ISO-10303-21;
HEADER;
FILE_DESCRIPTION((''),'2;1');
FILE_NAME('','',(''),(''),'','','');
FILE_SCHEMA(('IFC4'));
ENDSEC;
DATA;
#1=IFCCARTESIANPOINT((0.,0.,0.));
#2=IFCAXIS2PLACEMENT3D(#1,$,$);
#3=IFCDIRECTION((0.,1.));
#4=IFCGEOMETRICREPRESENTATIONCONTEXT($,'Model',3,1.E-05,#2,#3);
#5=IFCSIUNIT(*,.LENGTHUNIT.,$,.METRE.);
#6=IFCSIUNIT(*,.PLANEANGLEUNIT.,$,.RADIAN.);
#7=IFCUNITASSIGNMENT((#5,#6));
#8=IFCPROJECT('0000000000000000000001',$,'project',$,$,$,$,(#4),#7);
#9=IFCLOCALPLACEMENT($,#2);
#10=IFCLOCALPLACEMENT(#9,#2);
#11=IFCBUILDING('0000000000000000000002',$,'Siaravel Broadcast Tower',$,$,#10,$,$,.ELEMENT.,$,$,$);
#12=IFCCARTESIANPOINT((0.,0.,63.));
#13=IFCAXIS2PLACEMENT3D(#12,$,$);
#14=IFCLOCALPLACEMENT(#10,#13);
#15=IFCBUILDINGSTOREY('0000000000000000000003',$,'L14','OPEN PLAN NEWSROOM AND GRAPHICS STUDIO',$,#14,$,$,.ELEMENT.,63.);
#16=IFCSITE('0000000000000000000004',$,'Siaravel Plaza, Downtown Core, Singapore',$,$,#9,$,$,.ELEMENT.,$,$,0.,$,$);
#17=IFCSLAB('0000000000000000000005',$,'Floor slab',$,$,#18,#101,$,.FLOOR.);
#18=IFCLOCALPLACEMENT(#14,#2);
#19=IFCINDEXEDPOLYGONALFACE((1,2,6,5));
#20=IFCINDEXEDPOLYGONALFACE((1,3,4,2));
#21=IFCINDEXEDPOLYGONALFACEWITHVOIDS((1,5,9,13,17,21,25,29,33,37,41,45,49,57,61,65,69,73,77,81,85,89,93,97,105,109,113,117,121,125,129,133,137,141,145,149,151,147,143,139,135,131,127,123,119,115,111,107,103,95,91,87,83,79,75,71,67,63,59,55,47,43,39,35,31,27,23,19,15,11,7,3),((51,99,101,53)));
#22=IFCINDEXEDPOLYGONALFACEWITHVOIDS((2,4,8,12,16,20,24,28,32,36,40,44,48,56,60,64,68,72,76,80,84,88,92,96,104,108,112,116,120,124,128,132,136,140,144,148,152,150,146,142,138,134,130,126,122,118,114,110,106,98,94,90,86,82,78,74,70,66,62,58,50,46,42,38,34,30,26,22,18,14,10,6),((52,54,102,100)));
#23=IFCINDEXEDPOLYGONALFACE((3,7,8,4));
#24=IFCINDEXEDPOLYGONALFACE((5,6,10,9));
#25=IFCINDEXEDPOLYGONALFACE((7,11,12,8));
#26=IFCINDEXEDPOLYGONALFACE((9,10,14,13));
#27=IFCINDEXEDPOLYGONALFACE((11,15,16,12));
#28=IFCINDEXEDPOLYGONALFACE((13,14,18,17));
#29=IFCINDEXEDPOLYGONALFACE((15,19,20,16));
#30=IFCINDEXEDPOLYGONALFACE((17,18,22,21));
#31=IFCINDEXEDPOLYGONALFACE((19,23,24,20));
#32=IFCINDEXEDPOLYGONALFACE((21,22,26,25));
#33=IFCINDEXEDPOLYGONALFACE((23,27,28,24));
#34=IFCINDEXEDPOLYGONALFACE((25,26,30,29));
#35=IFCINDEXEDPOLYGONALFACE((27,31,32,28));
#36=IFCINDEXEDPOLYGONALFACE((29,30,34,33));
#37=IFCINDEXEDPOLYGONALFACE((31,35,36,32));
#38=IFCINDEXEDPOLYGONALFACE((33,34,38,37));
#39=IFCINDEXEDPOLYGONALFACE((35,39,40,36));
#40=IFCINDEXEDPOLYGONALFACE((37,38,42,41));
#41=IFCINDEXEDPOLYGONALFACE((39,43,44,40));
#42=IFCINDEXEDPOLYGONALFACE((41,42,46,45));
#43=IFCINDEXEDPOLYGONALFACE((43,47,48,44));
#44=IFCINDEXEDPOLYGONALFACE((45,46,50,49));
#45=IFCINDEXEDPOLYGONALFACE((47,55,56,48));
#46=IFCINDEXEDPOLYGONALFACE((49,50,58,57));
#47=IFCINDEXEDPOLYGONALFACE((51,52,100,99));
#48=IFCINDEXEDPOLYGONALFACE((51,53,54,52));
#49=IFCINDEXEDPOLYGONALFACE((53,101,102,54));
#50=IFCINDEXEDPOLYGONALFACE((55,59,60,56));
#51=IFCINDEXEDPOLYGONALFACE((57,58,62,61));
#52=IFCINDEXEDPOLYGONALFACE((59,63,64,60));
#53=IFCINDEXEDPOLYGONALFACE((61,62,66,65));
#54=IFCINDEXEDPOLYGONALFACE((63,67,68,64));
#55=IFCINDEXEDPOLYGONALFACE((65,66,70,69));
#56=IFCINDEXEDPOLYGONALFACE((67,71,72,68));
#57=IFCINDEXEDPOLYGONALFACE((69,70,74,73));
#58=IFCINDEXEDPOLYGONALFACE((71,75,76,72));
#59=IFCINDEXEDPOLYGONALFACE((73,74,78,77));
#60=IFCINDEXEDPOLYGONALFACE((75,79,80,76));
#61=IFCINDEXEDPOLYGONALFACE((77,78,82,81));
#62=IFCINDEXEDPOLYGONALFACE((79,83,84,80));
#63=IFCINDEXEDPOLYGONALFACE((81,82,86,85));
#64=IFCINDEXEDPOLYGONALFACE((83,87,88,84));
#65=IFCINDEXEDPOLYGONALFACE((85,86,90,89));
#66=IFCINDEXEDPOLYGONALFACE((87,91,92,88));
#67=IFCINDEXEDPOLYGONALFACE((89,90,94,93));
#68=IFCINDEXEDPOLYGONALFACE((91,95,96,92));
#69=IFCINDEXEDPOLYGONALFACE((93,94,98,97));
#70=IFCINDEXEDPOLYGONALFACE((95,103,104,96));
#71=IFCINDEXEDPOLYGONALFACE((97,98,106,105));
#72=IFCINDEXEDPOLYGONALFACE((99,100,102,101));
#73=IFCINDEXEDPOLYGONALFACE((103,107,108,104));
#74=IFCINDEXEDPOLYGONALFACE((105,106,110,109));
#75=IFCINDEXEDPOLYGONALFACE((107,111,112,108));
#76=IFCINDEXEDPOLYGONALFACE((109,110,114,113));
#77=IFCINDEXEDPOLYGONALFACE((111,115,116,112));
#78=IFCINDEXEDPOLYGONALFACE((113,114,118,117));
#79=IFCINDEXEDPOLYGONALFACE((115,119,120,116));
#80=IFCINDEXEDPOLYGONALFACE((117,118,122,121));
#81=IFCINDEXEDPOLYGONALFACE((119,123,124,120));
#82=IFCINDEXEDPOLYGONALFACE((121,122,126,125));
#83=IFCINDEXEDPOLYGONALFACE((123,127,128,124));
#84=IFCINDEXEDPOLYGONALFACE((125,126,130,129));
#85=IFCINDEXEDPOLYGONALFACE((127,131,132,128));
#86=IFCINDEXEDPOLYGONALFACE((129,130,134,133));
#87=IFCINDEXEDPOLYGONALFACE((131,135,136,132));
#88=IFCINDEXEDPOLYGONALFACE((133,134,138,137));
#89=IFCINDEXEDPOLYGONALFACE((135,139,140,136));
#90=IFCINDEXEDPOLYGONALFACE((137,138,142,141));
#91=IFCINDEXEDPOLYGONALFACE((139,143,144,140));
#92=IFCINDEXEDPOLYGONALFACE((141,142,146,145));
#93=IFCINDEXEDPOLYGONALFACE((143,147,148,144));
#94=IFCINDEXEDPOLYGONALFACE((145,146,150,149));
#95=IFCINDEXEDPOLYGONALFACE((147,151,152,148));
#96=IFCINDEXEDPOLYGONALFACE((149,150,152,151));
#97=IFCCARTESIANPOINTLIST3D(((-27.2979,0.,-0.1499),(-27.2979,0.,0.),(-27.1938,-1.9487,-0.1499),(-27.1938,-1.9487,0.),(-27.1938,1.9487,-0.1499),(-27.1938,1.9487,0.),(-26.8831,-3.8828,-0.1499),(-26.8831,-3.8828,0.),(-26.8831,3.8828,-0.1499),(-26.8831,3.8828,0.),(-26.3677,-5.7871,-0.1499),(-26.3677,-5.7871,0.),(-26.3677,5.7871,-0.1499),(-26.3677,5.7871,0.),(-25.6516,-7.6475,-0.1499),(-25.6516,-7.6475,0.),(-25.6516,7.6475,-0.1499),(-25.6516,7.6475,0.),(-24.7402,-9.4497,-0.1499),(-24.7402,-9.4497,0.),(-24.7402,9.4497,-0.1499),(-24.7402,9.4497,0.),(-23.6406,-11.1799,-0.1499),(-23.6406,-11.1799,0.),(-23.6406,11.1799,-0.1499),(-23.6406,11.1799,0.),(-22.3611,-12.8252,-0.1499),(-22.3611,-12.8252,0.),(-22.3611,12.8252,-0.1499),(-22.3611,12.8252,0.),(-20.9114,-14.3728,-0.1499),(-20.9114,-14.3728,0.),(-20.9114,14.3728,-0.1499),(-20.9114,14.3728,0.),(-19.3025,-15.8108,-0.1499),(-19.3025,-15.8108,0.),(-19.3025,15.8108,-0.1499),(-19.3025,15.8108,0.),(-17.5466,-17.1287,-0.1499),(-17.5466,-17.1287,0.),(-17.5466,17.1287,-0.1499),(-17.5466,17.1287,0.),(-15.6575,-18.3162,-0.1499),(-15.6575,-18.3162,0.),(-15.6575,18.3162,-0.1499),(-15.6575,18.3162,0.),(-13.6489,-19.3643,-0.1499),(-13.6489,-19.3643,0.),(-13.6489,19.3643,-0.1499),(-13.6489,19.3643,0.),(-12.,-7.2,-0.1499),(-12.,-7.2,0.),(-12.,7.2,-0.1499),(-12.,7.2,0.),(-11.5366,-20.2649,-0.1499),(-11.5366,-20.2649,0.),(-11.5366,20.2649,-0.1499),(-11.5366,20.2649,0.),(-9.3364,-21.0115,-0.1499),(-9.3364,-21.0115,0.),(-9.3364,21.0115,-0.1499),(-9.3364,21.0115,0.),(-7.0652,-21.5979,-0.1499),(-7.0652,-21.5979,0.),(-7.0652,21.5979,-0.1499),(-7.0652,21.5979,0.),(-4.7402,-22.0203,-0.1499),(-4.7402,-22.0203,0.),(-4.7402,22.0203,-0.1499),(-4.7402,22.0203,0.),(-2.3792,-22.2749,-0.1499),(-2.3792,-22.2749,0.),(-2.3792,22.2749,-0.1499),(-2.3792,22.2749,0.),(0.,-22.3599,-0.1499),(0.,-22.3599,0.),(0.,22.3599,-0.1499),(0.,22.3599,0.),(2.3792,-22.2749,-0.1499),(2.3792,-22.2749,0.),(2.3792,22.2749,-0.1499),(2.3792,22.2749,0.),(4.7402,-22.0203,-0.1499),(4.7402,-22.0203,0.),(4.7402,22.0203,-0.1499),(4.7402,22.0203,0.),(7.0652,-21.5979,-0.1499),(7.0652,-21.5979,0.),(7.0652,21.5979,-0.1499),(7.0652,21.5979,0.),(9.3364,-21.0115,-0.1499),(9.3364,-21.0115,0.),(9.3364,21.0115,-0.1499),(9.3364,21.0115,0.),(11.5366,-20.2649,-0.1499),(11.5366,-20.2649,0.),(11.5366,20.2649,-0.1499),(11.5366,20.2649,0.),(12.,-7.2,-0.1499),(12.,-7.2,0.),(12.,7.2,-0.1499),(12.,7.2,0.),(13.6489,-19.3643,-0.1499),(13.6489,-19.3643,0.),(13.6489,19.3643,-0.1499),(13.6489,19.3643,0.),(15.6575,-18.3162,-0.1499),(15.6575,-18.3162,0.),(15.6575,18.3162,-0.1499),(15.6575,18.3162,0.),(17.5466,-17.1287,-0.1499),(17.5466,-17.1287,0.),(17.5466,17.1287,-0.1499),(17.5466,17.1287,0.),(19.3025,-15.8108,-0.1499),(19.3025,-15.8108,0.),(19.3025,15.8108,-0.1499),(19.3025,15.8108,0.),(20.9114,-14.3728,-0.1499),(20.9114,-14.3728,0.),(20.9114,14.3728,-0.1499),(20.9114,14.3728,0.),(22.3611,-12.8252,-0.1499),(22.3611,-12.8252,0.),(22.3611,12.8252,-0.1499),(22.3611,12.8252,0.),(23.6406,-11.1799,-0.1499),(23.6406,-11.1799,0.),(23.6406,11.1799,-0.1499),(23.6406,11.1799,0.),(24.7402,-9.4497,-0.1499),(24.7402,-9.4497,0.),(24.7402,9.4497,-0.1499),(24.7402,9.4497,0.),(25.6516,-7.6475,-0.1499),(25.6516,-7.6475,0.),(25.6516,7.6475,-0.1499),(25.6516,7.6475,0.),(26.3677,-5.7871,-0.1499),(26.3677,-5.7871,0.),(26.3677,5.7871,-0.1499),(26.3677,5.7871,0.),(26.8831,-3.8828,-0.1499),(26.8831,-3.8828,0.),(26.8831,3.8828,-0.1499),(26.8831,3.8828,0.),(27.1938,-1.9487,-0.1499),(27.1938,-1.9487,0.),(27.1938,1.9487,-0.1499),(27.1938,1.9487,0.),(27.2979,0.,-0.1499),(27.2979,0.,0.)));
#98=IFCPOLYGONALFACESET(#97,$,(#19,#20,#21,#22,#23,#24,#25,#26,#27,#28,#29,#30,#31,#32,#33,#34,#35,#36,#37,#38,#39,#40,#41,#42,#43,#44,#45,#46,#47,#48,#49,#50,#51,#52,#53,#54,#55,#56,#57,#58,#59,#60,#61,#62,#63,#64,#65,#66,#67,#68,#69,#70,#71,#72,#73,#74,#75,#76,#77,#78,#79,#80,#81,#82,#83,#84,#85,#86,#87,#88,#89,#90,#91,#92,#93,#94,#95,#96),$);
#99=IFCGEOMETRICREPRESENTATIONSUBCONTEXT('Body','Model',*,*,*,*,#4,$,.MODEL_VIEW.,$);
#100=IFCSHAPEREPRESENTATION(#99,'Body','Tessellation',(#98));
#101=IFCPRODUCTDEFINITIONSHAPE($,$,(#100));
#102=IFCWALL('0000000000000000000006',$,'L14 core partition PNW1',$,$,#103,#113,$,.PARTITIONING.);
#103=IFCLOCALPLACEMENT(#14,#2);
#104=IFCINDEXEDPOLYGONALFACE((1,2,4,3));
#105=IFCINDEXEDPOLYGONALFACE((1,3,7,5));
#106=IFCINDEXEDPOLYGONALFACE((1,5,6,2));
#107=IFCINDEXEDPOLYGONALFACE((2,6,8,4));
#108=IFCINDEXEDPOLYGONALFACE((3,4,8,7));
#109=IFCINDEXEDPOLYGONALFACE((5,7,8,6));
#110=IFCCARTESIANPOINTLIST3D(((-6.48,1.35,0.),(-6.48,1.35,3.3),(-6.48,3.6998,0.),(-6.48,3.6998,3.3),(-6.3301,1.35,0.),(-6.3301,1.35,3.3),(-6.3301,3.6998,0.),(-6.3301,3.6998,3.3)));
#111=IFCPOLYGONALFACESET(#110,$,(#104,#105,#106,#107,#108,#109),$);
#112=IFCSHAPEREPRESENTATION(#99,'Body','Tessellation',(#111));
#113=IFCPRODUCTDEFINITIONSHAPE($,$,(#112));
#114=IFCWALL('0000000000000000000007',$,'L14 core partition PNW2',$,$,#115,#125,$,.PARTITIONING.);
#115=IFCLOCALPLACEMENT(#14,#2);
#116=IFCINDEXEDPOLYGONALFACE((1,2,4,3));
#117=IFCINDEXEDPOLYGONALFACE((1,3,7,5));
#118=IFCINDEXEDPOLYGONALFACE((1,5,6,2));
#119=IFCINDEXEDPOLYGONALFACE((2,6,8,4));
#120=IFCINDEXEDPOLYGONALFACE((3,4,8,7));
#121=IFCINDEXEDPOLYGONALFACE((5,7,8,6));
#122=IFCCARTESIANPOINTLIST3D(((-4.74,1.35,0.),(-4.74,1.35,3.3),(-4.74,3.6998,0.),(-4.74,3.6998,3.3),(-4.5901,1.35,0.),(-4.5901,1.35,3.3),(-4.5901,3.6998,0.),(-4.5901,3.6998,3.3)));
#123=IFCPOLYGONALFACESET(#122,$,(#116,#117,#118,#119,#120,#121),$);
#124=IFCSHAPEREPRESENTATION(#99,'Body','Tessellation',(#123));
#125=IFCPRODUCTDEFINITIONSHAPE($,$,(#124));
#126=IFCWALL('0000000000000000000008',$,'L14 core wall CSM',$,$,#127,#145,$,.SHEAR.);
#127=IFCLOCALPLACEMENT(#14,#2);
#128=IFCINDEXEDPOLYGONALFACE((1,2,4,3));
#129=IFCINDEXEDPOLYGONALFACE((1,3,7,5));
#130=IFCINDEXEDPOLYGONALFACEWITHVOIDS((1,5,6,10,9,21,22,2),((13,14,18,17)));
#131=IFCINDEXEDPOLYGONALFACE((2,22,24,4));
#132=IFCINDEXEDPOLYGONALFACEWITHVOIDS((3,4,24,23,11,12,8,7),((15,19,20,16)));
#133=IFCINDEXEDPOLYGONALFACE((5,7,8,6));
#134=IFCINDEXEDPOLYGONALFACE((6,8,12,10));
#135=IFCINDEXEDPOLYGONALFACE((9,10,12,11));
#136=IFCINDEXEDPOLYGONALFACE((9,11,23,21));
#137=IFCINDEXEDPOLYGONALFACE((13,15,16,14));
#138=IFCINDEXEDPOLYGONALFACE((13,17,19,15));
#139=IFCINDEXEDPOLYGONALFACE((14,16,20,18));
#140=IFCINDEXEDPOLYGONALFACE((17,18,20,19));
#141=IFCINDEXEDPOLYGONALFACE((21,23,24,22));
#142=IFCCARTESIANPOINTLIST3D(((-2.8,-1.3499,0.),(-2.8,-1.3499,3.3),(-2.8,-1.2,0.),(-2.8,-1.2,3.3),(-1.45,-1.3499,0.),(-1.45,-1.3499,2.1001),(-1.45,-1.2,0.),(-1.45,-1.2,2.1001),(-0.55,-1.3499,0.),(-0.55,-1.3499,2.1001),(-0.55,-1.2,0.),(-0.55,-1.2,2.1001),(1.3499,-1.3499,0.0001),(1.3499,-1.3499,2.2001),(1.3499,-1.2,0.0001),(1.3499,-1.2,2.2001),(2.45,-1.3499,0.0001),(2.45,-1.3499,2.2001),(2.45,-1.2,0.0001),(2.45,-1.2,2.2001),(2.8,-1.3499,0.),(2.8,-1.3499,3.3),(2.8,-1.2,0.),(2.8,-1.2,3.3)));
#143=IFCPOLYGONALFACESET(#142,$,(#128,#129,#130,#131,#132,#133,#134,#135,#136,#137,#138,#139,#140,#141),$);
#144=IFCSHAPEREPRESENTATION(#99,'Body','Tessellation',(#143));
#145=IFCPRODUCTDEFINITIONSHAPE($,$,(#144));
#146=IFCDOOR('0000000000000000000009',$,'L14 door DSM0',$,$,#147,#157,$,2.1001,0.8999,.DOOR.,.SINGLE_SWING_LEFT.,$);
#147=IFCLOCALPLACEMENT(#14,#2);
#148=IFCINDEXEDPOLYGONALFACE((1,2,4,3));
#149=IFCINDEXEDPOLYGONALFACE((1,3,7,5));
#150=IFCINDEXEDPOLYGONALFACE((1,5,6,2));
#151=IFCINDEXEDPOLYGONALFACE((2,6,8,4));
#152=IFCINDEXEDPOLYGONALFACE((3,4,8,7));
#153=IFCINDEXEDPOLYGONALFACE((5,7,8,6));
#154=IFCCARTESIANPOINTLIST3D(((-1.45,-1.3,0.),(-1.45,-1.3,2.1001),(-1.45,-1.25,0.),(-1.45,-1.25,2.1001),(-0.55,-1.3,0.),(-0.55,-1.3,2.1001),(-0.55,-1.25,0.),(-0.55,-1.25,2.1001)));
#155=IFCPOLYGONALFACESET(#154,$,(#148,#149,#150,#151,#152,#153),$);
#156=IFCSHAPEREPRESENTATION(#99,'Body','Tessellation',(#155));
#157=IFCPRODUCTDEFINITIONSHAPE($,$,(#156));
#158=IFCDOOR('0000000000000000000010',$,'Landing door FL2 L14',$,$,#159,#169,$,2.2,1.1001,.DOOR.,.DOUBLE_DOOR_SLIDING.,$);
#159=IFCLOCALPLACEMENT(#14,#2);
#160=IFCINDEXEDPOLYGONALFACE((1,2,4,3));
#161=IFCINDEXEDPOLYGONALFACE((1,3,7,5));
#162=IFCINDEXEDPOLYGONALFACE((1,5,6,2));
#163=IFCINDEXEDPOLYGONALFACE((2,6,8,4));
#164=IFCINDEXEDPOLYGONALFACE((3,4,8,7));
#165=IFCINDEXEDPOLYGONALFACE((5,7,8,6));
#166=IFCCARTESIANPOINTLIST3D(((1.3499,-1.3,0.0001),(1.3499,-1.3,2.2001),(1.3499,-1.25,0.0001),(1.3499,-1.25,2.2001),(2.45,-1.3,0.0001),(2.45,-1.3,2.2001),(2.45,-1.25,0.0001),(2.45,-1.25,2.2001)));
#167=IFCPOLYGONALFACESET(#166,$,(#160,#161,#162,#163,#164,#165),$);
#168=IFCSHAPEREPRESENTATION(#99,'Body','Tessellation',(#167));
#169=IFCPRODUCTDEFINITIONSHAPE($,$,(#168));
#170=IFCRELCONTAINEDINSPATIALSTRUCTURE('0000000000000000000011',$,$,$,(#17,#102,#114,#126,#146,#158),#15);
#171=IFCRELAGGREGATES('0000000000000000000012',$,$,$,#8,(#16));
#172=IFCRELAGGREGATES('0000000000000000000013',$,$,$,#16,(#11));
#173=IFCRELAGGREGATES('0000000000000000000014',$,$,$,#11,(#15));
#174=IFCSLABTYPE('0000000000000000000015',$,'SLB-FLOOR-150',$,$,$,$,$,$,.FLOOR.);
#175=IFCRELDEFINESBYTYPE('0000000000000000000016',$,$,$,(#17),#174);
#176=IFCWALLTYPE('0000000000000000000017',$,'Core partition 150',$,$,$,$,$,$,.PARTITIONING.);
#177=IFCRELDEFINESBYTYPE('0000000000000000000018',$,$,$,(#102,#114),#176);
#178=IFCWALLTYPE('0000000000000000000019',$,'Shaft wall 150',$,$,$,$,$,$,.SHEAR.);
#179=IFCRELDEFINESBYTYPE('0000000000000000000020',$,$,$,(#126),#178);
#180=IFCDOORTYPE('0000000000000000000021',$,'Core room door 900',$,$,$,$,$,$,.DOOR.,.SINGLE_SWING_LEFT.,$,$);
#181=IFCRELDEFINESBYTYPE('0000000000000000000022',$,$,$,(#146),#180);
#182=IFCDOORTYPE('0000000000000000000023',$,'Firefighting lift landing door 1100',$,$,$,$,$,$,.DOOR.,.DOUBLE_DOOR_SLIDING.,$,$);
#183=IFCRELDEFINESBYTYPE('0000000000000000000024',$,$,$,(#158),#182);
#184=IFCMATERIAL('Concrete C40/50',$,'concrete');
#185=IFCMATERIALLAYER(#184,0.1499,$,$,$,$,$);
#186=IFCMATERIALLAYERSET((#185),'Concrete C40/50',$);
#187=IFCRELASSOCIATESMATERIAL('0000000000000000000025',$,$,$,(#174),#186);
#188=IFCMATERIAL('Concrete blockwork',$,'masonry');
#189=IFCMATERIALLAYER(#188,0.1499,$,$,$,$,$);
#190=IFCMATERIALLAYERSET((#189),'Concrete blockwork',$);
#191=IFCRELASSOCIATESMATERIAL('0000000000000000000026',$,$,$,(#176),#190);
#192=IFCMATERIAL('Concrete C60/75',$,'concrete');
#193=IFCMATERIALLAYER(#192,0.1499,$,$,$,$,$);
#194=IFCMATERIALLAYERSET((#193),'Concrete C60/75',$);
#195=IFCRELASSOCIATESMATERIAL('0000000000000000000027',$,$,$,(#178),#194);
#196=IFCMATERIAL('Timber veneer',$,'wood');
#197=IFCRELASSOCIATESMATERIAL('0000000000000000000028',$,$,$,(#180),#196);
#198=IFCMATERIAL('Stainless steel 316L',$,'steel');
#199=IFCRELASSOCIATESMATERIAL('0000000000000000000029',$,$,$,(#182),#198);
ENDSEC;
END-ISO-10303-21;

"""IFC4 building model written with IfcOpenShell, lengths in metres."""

from ifc_helpers import new_model, si_unit, direction, frame, frame_2d, origin, place, context, subcontext, project, spatial, polyline, rectangle, outline, extrude, material, layer, layer_set, type_object, element, fill, save


model = new_model("IFC4")

# Units and contexts
model_context = context("Model", 3, precision=1e-05, world=origin(), true_north=direction((0.0, 1.0)))
body_context = subcontext(model_context, "Body", "Model", "MODEL_VIEW")
ifc_project = project(units=[si_unit("LENGTHUNIT", "METRE"), si_unit("PLANEANGLEUNIT", "RADIAN")], contexts=[model_context])

# Site, building, storey
site_placement = place(None, origin())
site = spatial("IfcSite", under=ifc_project, at=site_placement, Name="Siaravel Plaza, Downtown Core, Singapore", CompositionType="ELEMENT", RefElevation=0.0)
building_placement = place(site_placement, origin())
building = spatial("IfcBuilding", under=site, at=building_placement, Name="Siaravel Broadcast Tower", CompositionType="ELEMENT")
storey_placement = place(building_placement, frame((0.0, 0.0, 63.0)))
storey = spatial("IfcBuildingStorey", under=building, at=storey_placement, Name="L14", Description="OPEN PLAN NEWSROOM AND GRAPHICS STUDIO", CompositionType="ELEMENT", Elevation=63.0)

# Slab
ifc_material_1 = material(Name="Concrete C40/50", Category="concrete")
ifc_layer_1 = layer(ifc_material_1, 0.1499)
ifc_layer_set_1 = layer_set([ifc_layer_1], Name="Concrete C40/50")
slab_type = type_object("IfcSlabType", Name="SLB-FLOOR-150", PredefinedType="FLOOR", material=ifc_layer_set_1)
slab_placement = place(storey_placement, frame((0.0, 0.0, -0.1499)))
element("IfcSlab", 1, at=slab_placement, inside=storey, type_object=slab_type, Name="Floor slab", PredefinedType="FLOOR", context=body_context, shape_type="SweptSolid", body=[
    extrude(outline(polyline([(27.2979, 0.0), (27.1938, 1.9487), (26.8831, 3.8828), (26.3677, 5.7871), (25.6516, 7.6475), (24.7402, 9.4497), (23.6406, 11.1799), (22.3611, 12.8252), (20.9114, 14.3728), (19.3025, 15.8108), (17.5466, 17.1287), (15.6575, 18.3162), (13.6489, 19.3643), (11.5366, 20.2649), (9.3364, 21.0115), (7.0652, 21.5979), (4.7402, 22.0203), (2.3792, 22.2749), (0.0, 22.3599), (-2.3792, 22.2749), (-4.7402, 22.0203), (-7.0652, 21.5979), (-9.3364, 21.0115), (-11.5366, 20.2649), (-13.6489, 19.3643), (-15.6575, 18.3162), (-17.5466, 17.1287), (-19.3025, 15.8108), (-20.9114, 14.3728), (-22.3611, 12.8252), (-23.6406, 11.1799), (-24.7402, 9.4497), (-25.6516, 7.6475), (-26.3677, 5.7871), (-26.8831, 3.8828), (-27.1938, 1.9487), (-27.2979, 0.0), (-27.1938, -1.9487), (-26.8831, -3.8828), (-26.3677, -5.7871), (-25.6516, -7.6475), (-24.7402, -9.4497), (-23.6406, -11.1799), (-22.3611, -12.8252), (-20.9114, -14.3728), (-19.3025, -15.8108), (-17.5466, -17.1287), (-15.6575, -18.3162), (-13.6489, -19.3643), (-11.5366, -20.2649), (-9.3364, -21.0115), (-7.0652, -21.5979), (-4.7402, -22.0203), (-2.3792, -22.2749), (0.0, -22.3599), (2.3792, -22.2749), (4.7402, -22.0203), (7.0652, -21.5979), (9.3364, -21.0115), (11.5366, -20.2649), (13.6489, -19.3643), (15.6575, -18.3162), (17.5466, -17.1287), (19.3025, -15.8108), (20.9114, -14.3728), (22.3611, -12.8252), (23.6406, -11.1799), (24.7402, -9.4497), (25.6516, -7.6475), (26.3677, -5.7871), (26.8831, -3.8828), (27.1938, -1.9487), (27.2979, 0.0)]), holes=[polyline([(-12.0, 7.2), (12.0, 7.2), (12.0, -7.2), (-12.0, -7.2), (-12.0, 7.2)])]), origin(), (0.0, 0.0, 1.0), 0.1499),
])

# Walls
ifc_material_2 = material(Name="Concrete blockwork", Category="masonry")
ifc_layer_2 = layer(ifc_material_2, 0.1499)
ifc_layer_set_2 = layer_set([ifc_layer_2], Name="Concrete blockwork")
wall_type_1 = type_object("IfcWallType", Name="Core partition 150", PredefinedType="PARTITIONING", material=ifc_layer_set_2)
for number, where, z_axis, x_axis, name in (
    (2, (-6.405, 1.3501, 0.0), (0.0, 0.0, 1.0), (0.0, 1.0, 0.0), "L14 core partition PNW1"),
    (3, (-4.665, 1.3501, 0.0), (0.0, 0.0, 1.0), (0.0, 1.0, 0.0), "L14 core partition PNW2"),
):
    element("IfcWall", number, at=place(storey_placement, frame(where, z_axis=z_axis, x_axis=x_axis)), inside=storey, type_object=wall_type_1, Name=name, PredefinedType="PARTITIONING", context=body_context, shape_type="SweptSolid", body=[
        extrude(rectangle(XDim=2.3499, YDim=0.1499, at=frame_2d((1.1748, 0.0))), origin(), (0.0, 0.0, 1.0), 3.3),
    ])

# Wall, openings, doors
ifc_material_3 = material(Name="Concrete C60/75", Category="concrete")
ifc_layer_3 = layer(ifc_material_3, 0.1499)
ifc_layer_set_3 = layer_set([ifc_layer_3], Name="Concrete C60/75")
wall_type_2 = type_object("IfcWallType", Name="Shaft wall 150", PredefinedType="SHEAR", material=ifc_layer_set_3)
wall_1_placement = place(storey_placement, frame((-2.8, -1.2749, 0.0), z_axis=(0.0, 0.0, 1.0), x_axis=(1.0, 0.0, 0.0)))
wall_1 = element("IfcWall", 4, at=wall_1_placement, inside=storey, type_object=wall_type_2, Name="L14 core wall CSM", PredefinedType="SHEAR", context=body_context, shape_type="SweptSolid", body=[
    extrude(rectangle(XDim=5.6001, YDim=0.1499, at=frame_2d((2.8, 0.0))), origin(), (0.0, 0.0, 1.0), 3.3),
])
opening_1_placement = place(wall_1_placement, frame((4.1499, 0.0, 0.0)))
opening_1 = element("IfcOpeningElement", 5, at=opening_1_placement, cuts=wall_1, PredefinedType="OPENING", context=body_context, shape_type="SweptSolid", body=[
    extrude(rectangle(XDim=1.1001, YDim=2.2, at=frame_2d((0.55, 1.1001))), frame((0.0, 0.085, 0.0), z_axis=(0.0, -1.0, 0.0), x_axis=(1.0, 0.0, 0.0)), (0.0, 0.0, 1.0), 0.1699),
])
opening_2_placement = place(wall_1_placement, frame((1.3501, 0.0, 0.0)))
opening_2 = element("IfcOpeningElement", 6, at=opening_2_placement, cuts=wall_1, PredefinedType="OPENING", context=body_context, shape_type="SweptSolid", body=[
    extrude(rectangle(XDim=0.8999, YDim=2.1001, at=frame_2d((0.45, 1.05))), frame((0.0, 0.085, 0.0), z_axis=(0.0, -1.0, 0.0), x_axis=(1.0, 0.0, 0.0)), (0.0, 0.0, 1.0), 0.1699),
])
ifc_material_4 = material(Name="Timber veneer", Category="wood")
door_type_1 = type_object("IfcDoorType", Name="Core room door 900", OperationType="SINGLE_SWING_LEFT", PredefinedType="DOOR", material=ifc_material_4)
door_1_placement = place(opening_2_placement, origin())
door_1 = element("IfcDoor", 7, at=door_1_placement, inside=storey, type_object=door_type_1, Name="L14 door DSM0", OperationType="SINGLE_SWING_LEFT", OverallHeight=2.1001, OverallWidth=0.8999, PredefinedType="DOOR", context=body_context, shape_type="SweptSolid", body=[
    extrude(rectangle(XDim=0.8999, YDim=2.1001, at=frame_2d((0.45, 1.05))), frame((0.0, 0.0249, 0.0), z_axis=(0.0, -1.0, 0.0), x_axis=(1.0, 0.0, 0.0)), (0.0, 0.0, 1.0), 0.05),
])
fill(opening_2, door_1)
ifc_material_5 = material(Name="Stainless steel 316L", Category="steel")
door_type_2 = type_object("IfcDoorType", Name="Firefighting lift landing door 1100", OperationType="DOUBLE_DOOR_SLIDING", PredefinedType="DOOR", material=ifc_material_5)
door_2_placement = place(opening_1_placement, origin())
door_2 = element("IfcDoor", 8, at=door_2_placement, inside=storey, type_object=door_type_2, Name="Landing door FL2 L14", OperationType="DOUBLE_DOOR_SLIDING", OverallHeight=2.2, OverallWidth=1.1001, PredefinedType="DOOR", context=body_context, shape_type="SweptSolid", body=[
    extrude(rectangle(XDim=1.1001, YDim=2.2, at=frame_2d((0.55, 1.1001))), frame((0.0, 0.0249, 0.0), z_axis=(0.0, -1.0, 0.0), x_axis=(1.0, 0.0, 0.0)), (0.0, 0.0, 1.0), 0.05),
])
fill(opening_1, door_2)

save(model, "model.ifc")
